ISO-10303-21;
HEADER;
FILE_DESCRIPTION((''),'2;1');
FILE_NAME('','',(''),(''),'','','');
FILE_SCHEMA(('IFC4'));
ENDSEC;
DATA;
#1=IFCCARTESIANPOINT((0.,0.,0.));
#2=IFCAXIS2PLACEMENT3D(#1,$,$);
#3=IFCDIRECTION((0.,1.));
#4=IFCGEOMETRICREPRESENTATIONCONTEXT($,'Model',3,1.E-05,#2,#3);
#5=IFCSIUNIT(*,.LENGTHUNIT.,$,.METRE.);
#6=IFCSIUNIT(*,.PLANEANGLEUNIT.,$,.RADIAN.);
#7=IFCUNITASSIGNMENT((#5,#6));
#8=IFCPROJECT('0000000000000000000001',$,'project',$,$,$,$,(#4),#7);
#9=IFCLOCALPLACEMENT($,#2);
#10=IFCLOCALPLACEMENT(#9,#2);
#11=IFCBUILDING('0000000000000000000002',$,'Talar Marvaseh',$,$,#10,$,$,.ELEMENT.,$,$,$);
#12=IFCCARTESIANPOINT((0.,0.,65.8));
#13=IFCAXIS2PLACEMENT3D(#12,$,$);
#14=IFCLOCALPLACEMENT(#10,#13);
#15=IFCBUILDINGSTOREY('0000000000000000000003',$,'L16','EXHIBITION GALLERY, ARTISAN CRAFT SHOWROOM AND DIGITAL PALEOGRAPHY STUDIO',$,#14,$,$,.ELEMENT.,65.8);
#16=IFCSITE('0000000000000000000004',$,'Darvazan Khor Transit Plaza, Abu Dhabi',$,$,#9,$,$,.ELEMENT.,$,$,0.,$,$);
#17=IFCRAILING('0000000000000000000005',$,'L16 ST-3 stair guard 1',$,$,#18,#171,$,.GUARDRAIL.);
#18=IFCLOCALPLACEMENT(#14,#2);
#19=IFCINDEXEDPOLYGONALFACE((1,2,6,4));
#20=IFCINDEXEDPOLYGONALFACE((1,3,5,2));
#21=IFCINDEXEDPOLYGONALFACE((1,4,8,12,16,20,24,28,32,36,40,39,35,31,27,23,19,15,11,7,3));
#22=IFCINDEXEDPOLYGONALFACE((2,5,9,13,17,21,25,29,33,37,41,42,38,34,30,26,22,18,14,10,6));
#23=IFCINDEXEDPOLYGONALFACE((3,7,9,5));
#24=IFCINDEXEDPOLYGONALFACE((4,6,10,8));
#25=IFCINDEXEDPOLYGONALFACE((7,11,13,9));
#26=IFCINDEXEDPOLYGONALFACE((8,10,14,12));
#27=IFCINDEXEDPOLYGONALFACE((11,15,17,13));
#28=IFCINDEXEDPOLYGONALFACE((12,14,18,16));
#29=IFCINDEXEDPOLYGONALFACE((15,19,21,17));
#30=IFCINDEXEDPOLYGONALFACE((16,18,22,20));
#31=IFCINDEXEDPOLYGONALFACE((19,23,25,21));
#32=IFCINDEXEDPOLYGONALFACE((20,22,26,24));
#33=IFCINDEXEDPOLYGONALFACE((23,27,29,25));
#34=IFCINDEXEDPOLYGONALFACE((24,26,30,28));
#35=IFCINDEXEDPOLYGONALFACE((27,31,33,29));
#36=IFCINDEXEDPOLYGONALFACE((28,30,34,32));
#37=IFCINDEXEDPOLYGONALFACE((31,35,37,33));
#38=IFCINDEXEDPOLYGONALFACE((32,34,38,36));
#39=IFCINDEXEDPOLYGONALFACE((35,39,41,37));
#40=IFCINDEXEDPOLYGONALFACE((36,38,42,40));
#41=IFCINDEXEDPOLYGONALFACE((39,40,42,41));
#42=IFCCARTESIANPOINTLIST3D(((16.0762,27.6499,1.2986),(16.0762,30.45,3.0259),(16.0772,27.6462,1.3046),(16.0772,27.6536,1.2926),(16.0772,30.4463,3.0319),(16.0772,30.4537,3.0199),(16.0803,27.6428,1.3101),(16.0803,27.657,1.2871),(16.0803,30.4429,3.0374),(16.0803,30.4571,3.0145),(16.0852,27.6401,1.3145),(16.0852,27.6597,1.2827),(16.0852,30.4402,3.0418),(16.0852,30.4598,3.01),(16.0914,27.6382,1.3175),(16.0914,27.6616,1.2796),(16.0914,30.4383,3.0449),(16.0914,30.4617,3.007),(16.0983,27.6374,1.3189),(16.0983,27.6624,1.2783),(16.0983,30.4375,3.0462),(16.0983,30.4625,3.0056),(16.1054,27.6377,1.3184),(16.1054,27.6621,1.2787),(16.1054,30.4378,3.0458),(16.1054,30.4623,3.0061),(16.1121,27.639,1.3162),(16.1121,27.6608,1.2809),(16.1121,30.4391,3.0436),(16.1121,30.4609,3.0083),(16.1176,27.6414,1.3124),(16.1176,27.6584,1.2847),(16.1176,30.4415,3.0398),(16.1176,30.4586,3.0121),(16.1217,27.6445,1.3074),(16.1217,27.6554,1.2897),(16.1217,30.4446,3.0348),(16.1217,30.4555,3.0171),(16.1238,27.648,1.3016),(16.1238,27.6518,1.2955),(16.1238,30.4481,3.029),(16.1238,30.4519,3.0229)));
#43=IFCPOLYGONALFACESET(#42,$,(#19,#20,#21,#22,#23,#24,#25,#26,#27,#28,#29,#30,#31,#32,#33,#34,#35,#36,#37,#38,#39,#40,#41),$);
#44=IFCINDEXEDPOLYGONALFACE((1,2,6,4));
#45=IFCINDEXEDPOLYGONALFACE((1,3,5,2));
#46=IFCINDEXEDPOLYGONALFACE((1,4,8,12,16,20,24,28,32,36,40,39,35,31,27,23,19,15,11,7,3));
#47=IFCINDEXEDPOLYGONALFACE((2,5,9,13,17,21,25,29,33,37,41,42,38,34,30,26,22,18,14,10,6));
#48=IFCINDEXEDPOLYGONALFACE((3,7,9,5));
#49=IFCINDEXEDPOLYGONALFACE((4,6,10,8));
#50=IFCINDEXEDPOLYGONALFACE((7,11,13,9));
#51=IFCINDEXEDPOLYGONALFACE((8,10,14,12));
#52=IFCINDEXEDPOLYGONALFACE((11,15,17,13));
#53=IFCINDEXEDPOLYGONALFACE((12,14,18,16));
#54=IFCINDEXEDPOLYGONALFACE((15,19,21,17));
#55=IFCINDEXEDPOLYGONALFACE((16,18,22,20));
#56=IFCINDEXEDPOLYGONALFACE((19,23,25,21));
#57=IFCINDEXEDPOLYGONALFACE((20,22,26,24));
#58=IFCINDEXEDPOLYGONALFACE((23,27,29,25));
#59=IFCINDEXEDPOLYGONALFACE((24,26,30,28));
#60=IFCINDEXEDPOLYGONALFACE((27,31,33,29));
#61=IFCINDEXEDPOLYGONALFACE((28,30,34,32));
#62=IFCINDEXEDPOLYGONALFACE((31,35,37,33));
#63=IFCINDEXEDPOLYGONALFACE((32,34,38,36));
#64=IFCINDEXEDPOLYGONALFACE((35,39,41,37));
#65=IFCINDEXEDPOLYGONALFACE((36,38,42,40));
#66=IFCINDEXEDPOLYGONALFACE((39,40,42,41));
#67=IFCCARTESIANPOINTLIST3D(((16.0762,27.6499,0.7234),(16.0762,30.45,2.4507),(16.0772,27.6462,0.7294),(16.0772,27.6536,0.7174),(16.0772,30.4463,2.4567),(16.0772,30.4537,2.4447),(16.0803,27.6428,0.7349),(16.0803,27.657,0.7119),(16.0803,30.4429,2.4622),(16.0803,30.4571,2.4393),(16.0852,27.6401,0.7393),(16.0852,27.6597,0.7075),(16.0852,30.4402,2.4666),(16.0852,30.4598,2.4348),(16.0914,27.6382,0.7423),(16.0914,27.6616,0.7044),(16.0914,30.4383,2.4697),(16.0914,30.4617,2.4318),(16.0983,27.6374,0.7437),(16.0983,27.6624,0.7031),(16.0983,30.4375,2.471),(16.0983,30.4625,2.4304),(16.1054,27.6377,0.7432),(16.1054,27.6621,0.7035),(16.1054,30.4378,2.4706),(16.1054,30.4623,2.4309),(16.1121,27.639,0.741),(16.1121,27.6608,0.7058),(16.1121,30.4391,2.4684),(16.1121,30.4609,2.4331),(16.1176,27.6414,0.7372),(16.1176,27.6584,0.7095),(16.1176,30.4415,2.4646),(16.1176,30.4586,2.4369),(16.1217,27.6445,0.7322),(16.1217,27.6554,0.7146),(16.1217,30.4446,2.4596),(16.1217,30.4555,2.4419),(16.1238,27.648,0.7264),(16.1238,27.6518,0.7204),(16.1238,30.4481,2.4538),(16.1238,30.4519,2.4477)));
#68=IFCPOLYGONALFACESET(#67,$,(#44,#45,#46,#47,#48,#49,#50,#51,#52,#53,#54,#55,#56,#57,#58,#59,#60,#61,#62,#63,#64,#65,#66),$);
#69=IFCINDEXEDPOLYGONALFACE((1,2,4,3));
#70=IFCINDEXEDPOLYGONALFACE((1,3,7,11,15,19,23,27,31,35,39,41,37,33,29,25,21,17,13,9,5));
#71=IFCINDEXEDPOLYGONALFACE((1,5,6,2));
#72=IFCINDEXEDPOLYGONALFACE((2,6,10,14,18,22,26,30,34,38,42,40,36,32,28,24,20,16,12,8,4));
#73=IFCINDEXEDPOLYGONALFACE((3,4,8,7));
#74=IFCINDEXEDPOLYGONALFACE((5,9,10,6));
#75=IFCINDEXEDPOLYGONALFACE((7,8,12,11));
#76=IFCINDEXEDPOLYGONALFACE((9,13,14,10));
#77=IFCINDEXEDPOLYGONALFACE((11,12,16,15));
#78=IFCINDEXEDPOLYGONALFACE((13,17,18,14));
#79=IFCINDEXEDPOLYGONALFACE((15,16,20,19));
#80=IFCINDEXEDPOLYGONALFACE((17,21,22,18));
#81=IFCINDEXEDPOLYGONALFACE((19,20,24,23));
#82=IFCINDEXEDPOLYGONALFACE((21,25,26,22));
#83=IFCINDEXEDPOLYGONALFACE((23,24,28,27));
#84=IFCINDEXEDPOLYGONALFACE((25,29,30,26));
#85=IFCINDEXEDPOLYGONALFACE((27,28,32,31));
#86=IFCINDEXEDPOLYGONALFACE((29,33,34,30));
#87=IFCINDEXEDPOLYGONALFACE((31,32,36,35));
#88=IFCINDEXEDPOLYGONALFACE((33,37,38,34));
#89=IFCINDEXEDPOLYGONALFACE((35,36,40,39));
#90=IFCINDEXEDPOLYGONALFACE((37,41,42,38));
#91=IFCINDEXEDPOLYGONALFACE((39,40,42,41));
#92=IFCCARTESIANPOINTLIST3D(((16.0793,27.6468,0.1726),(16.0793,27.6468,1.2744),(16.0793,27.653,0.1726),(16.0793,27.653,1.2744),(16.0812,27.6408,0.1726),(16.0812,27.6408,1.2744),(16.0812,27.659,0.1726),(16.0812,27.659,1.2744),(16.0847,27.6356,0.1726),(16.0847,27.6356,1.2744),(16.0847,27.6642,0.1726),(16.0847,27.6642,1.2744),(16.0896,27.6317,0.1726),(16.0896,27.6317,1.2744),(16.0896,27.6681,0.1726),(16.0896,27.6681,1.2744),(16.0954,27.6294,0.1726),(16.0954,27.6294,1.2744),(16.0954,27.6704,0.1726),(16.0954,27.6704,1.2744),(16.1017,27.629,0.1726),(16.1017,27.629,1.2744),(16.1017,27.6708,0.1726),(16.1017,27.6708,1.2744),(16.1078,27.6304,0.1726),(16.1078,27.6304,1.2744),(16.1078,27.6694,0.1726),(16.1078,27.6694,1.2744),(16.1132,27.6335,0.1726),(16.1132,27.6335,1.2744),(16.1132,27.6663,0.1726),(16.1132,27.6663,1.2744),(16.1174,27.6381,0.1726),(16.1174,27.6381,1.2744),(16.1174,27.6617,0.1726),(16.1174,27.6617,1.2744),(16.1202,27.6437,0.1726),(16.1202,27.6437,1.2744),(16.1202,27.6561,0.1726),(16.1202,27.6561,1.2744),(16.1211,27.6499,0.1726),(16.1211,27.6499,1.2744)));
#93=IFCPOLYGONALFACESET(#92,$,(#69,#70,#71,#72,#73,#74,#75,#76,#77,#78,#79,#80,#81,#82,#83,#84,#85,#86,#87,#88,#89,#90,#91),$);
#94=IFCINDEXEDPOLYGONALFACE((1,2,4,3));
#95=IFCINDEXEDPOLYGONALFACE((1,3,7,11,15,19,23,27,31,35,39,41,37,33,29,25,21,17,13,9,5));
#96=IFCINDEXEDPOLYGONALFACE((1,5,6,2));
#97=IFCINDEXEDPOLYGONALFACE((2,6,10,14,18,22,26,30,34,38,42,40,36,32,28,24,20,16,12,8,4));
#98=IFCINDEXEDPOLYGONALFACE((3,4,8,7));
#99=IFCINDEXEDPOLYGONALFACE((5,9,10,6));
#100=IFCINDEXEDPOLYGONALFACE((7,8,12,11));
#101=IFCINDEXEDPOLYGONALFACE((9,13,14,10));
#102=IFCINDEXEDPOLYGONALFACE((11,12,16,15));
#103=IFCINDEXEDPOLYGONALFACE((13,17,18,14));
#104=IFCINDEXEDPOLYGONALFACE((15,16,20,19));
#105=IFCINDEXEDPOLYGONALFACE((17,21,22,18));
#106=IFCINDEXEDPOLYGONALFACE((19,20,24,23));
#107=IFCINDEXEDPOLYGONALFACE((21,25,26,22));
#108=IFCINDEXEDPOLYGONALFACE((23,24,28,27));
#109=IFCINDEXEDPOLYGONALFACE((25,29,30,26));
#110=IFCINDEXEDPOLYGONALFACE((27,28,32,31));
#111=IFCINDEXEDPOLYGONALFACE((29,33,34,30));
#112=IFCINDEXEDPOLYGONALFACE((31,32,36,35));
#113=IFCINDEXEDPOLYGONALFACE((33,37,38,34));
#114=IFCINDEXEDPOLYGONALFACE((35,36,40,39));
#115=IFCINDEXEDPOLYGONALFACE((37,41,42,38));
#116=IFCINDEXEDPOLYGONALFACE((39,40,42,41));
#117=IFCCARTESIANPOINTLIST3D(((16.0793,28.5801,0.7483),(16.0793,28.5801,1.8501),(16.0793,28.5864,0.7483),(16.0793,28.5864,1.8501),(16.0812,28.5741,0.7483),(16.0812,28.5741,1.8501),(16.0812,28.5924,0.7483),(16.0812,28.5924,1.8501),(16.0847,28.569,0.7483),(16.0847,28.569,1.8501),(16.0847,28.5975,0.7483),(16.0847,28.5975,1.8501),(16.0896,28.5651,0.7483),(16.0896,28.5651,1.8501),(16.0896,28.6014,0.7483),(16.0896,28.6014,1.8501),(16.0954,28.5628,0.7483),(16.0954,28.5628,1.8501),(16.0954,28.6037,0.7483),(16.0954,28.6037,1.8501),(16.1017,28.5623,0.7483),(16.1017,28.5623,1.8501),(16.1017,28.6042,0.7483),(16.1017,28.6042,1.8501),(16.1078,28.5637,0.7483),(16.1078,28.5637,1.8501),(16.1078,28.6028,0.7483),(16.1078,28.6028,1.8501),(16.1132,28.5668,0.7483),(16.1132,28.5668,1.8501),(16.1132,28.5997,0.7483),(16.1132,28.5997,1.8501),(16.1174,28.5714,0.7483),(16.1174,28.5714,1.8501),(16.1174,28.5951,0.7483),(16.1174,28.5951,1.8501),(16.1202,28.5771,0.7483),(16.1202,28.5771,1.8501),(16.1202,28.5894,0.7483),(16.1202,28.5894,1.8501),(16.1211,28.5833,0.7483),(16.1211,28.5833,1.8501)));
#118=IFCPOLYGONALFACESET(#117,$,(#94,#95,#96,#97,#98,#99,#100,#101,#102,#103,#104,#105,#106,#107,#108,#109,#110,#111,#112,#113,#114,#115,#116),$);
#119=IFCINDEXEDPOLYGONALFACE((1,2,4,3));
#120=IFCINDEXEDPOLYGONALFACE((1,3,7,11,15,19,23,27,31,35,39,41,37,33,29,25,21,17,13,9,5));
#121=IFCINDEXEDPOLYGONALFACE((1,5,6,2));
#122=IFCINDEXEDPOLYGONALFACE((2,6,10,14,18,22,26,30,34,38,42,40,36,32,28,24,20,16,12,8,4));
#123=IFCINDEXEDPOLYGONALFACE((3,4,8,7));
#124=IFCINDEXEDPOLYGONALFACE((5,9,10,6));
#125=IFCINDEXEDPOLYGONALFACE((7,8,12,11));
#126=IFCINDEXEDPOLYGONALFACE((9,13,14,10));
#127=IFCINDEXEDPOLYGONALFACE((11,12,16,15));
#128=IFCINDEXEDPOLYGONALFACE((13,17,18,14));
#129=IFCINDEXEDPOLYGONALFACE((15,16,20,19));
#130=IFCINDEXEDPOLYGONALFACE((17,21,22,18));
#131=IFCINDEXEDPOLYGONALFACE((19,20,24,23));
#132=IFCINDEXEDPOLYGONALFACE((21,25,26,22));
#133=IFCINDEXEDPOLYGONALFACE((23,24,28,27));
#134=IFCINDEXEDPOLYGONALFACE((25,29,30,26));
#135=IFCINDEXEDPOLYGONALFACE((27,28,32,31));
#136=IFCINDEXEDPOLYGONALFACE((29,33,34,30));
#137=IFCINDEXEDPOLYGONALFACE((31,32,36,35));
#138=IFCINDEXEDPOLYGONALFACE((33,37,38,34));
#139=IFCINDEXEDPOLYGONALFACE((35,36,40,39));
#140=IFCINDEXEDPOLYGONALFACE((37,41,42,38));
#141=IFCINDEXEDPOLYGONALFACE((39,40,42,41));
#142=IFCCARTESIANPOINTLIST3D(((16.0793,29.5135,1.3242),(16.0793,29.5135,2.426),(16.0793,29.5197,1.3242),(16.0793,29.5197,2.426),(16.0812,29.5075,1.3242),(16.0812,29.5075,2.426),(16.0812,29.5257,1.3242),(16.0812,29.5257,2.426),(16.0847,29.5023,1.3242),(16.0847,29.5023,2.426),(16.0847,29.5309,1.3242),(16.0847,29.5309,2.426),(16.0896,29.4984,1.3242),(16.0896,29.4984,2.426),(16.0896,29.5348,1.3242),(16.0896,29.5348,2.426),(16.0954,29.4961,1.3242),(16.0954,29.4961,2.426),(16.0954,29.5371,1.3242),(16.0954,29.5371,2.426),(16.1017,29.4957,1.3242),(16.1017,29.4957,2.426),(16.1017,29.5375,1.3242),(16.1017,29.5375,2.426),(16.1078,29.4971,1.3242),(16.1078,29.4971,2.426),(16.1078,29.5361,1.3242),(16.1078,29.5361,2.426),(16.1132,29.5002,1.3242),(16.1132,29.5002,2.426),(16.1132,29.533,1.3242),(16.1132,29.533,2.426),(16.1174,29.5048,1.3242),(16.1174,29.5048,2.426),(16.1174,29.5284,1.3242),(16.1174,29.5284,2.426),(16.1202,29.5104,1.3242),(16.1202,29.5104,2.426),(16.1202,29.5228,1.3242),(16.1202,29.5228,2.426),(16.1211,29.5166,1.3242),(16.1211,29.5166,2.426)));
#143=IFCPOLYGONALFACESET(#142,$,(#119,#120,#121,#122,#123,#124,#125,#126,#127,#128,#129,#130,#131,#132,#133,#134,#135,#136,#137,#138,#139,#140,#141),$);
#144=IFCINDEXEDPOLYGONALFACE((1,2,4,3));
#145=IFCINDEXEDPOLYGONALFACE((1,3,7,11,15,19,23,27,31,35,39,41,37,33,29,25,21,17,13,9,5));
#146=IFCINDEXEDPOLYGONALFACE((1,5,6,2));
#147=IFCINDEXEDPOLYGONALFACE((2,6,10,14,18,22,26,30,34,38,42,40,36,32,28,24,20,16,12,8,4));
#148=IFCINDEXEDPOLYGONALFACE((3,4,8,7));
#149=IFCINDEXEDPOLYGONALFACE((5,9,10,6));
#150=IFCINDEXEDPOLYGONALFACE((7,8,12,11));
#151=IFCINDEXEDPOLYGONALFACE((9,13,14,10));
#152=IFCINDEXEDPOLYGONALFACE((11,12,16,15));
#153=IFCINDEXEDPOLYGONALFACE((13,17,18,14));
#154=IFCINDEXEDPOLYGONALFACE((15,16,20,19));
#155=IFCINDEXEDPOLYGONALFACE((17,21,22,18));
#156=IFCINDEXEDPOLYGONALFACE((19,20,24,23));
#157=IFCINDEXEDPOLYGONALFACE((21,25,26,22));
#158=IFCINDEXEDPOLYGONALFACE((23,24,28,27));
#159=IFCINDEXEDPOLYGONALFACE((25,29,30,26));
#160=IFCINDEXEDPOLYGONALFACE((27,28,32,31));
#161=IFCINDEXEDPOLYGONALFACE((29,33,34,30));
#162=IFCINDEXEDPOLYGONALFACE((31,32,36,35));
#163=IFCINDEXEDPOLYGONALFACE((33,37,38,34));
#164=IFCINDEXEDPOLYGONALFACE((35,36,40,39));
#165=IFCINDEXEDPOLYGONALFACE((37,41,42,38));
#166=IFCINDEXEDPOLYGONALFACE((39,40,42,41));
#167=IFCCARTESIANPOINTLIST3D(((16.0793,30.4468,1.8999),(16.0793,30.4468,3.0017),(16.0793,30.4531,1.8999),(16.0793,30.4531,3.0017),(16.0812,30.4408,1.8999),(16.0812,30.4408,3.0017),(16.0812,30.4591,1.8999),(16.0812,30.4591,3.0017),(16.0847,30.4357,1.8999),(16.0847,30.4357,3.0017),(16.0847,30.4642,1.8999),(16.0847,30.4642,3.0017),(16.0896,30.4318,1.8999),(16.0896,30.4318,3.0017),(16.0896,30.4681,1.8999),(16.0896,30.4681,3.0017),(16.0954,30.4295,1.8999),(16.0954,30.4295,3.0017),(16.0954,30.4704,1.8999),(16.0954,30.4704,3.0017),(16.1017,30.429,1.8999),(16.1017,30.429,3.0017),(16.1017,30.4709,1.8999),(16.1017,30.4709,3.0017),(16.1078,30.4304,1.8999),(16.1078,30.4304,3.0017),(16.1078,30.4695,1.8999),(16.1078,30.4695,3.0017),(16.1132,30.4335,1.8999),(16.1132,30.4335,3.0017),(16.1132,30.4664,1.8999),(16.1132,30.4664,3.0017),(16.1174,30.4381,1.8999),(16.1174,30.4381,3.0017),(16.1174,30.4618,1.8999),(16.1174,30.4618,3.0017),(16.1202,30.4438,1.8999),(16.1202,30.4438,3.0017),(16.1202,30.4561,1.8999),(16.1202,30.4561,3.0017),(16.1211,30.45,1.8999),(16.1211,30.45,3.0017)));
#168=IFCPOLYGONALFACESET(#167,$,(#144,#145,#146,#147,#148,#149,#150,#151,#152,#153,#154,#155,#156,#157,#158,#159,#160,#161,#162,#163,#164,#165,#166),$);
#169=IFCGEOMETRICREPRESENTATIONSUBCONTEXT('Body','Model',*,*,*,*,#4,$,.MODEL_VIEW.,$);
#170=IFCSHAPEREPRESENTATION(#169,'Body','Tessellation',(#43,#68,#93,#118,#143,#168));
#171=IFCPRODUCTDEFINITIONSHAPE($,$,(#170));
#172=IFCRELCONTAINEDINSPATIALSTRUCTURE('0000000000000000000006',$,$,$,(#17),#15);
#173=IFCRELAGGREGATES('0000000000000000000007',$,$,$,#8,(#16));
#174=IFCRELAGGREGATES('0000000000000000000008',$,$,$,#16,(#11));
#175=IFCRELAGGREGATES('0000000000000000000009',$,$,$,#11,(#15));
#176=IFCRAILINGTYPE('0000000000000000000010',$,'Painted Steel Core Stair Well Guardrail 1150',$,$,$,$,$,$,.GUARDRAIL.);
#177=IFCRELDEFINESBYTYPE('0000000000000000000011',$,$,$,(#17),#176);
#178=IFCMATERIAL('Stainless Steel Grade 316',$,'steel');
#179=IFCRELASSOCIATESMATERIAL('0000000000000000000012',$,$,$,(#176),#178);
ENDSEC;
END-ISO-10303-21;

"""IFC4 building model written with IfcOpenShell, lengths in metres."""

from ifc_helpers import new_model, si_unit, direction, frame, origin, origin_2d, place, context, subcontext, project, spatial, circle, extrude, material, type_object, element, save


model = new_model("IFC4")

# Units and contexts
model_context = context("Model", 3, precision=1e-05, world=origin(), true_north=direction((0.0, 1.0)))
body_context = subcontext(model_context, "Body", "Model", "MODEL_VIEW")
ifc_project = project(units=[si_unit("LENGTHUNIT", "METRE"), si_unit("PLANEANGLEUNIT", "RADIAN")], contexts=[model_context])

# Site, building, storey
site_placement = place(None, origin())
site = spatial("IfcSite", under=ifc_project, at=site_placement, Name="Darvazan Khor Transit Plaza, Abu Dhabi", CompositionType="ELEMENT", RefElevation=0.0)
building_placement = place(site_placement, origin())
building = spatial("IfcBuilding", under=site, at=building_placement, Name="Talar Marvaseh", CompositionType="ELEMENT")
storey_placement = place(building_placement, frame((0.0, 0.0, 65.8)))
storey = spatial("IfcBuildingStorey", under=building, at=storey_placement, Name="L16", Description="EXHIBITION GALLERY, ARTISAN CRAFT SHOWROOM AND DIGITAL PALEOGRAPHY STUDIO", CompositionType="ELEMENT", Elevation=65.8)

# Railing
ifc_material_1 = material(Name="Stainless Steel Grade 316", Category="steel")
railing_type_1 = type_object("IfcRailingType", Name="Painted Steel Core Stair Well Guardrail 1150", PredefinedType="GUARDRAIL", material=ifc_material_1)
railing_1_placement = place(storey_placement, frame((16.1001, 27.6499, 0.1726)))
element("IfcRailing", 1, at=railing_1_placement, inside=storey, type_object=railing_type_1, Name="L16 ST-3 stair guard 1", PredefinedType="GUARDRAIL", context=body_context, shape_type="SweptSolid", body=[
    extrude(circle(Radius=0.0239, at=origin_2d()), frame((0.0, 0.0, 1.126), z_axis=(0.0, 0.85109, 0.52502), x_axis=(-1.0, 0.0, 0.0)), (0.0, 0.0, 1.0), 3.29),
    extrude(circle(Radius=0.0239, at=origin_2d()), frame((0.0, 0.0, 0.5508), z_axis=(0.0, 0.85109, 0.52502), x_axis=(-1.0, 0.0, 0.0)), (0.0, 0.0, 1.0), 3.29),
    extrude(circle(Radius=0.021, at=origin_2d()), origin(), (0.0, 0.0, 1.0), 1.1018),
    extrude(circle(Radius=0.021, at=origin_2d()), frame((0.0, 0.9333, 0.5757)), (0.0, 0.0, 1.0), 1.1018),
    extrude(circle(Radius=0.021, at=origin_2d()), frame((0.0, 1.8667, 1.1516)), (0.0, 0.0, 1.0), 1.1018),
    extrude(circle(Radius=0.021, at=origin_2d()), frame((0.0, 2.8, 1.7273)), (0.0, 0.0, 1.0), 1.1018),
])

save(model, "model.ifc")
